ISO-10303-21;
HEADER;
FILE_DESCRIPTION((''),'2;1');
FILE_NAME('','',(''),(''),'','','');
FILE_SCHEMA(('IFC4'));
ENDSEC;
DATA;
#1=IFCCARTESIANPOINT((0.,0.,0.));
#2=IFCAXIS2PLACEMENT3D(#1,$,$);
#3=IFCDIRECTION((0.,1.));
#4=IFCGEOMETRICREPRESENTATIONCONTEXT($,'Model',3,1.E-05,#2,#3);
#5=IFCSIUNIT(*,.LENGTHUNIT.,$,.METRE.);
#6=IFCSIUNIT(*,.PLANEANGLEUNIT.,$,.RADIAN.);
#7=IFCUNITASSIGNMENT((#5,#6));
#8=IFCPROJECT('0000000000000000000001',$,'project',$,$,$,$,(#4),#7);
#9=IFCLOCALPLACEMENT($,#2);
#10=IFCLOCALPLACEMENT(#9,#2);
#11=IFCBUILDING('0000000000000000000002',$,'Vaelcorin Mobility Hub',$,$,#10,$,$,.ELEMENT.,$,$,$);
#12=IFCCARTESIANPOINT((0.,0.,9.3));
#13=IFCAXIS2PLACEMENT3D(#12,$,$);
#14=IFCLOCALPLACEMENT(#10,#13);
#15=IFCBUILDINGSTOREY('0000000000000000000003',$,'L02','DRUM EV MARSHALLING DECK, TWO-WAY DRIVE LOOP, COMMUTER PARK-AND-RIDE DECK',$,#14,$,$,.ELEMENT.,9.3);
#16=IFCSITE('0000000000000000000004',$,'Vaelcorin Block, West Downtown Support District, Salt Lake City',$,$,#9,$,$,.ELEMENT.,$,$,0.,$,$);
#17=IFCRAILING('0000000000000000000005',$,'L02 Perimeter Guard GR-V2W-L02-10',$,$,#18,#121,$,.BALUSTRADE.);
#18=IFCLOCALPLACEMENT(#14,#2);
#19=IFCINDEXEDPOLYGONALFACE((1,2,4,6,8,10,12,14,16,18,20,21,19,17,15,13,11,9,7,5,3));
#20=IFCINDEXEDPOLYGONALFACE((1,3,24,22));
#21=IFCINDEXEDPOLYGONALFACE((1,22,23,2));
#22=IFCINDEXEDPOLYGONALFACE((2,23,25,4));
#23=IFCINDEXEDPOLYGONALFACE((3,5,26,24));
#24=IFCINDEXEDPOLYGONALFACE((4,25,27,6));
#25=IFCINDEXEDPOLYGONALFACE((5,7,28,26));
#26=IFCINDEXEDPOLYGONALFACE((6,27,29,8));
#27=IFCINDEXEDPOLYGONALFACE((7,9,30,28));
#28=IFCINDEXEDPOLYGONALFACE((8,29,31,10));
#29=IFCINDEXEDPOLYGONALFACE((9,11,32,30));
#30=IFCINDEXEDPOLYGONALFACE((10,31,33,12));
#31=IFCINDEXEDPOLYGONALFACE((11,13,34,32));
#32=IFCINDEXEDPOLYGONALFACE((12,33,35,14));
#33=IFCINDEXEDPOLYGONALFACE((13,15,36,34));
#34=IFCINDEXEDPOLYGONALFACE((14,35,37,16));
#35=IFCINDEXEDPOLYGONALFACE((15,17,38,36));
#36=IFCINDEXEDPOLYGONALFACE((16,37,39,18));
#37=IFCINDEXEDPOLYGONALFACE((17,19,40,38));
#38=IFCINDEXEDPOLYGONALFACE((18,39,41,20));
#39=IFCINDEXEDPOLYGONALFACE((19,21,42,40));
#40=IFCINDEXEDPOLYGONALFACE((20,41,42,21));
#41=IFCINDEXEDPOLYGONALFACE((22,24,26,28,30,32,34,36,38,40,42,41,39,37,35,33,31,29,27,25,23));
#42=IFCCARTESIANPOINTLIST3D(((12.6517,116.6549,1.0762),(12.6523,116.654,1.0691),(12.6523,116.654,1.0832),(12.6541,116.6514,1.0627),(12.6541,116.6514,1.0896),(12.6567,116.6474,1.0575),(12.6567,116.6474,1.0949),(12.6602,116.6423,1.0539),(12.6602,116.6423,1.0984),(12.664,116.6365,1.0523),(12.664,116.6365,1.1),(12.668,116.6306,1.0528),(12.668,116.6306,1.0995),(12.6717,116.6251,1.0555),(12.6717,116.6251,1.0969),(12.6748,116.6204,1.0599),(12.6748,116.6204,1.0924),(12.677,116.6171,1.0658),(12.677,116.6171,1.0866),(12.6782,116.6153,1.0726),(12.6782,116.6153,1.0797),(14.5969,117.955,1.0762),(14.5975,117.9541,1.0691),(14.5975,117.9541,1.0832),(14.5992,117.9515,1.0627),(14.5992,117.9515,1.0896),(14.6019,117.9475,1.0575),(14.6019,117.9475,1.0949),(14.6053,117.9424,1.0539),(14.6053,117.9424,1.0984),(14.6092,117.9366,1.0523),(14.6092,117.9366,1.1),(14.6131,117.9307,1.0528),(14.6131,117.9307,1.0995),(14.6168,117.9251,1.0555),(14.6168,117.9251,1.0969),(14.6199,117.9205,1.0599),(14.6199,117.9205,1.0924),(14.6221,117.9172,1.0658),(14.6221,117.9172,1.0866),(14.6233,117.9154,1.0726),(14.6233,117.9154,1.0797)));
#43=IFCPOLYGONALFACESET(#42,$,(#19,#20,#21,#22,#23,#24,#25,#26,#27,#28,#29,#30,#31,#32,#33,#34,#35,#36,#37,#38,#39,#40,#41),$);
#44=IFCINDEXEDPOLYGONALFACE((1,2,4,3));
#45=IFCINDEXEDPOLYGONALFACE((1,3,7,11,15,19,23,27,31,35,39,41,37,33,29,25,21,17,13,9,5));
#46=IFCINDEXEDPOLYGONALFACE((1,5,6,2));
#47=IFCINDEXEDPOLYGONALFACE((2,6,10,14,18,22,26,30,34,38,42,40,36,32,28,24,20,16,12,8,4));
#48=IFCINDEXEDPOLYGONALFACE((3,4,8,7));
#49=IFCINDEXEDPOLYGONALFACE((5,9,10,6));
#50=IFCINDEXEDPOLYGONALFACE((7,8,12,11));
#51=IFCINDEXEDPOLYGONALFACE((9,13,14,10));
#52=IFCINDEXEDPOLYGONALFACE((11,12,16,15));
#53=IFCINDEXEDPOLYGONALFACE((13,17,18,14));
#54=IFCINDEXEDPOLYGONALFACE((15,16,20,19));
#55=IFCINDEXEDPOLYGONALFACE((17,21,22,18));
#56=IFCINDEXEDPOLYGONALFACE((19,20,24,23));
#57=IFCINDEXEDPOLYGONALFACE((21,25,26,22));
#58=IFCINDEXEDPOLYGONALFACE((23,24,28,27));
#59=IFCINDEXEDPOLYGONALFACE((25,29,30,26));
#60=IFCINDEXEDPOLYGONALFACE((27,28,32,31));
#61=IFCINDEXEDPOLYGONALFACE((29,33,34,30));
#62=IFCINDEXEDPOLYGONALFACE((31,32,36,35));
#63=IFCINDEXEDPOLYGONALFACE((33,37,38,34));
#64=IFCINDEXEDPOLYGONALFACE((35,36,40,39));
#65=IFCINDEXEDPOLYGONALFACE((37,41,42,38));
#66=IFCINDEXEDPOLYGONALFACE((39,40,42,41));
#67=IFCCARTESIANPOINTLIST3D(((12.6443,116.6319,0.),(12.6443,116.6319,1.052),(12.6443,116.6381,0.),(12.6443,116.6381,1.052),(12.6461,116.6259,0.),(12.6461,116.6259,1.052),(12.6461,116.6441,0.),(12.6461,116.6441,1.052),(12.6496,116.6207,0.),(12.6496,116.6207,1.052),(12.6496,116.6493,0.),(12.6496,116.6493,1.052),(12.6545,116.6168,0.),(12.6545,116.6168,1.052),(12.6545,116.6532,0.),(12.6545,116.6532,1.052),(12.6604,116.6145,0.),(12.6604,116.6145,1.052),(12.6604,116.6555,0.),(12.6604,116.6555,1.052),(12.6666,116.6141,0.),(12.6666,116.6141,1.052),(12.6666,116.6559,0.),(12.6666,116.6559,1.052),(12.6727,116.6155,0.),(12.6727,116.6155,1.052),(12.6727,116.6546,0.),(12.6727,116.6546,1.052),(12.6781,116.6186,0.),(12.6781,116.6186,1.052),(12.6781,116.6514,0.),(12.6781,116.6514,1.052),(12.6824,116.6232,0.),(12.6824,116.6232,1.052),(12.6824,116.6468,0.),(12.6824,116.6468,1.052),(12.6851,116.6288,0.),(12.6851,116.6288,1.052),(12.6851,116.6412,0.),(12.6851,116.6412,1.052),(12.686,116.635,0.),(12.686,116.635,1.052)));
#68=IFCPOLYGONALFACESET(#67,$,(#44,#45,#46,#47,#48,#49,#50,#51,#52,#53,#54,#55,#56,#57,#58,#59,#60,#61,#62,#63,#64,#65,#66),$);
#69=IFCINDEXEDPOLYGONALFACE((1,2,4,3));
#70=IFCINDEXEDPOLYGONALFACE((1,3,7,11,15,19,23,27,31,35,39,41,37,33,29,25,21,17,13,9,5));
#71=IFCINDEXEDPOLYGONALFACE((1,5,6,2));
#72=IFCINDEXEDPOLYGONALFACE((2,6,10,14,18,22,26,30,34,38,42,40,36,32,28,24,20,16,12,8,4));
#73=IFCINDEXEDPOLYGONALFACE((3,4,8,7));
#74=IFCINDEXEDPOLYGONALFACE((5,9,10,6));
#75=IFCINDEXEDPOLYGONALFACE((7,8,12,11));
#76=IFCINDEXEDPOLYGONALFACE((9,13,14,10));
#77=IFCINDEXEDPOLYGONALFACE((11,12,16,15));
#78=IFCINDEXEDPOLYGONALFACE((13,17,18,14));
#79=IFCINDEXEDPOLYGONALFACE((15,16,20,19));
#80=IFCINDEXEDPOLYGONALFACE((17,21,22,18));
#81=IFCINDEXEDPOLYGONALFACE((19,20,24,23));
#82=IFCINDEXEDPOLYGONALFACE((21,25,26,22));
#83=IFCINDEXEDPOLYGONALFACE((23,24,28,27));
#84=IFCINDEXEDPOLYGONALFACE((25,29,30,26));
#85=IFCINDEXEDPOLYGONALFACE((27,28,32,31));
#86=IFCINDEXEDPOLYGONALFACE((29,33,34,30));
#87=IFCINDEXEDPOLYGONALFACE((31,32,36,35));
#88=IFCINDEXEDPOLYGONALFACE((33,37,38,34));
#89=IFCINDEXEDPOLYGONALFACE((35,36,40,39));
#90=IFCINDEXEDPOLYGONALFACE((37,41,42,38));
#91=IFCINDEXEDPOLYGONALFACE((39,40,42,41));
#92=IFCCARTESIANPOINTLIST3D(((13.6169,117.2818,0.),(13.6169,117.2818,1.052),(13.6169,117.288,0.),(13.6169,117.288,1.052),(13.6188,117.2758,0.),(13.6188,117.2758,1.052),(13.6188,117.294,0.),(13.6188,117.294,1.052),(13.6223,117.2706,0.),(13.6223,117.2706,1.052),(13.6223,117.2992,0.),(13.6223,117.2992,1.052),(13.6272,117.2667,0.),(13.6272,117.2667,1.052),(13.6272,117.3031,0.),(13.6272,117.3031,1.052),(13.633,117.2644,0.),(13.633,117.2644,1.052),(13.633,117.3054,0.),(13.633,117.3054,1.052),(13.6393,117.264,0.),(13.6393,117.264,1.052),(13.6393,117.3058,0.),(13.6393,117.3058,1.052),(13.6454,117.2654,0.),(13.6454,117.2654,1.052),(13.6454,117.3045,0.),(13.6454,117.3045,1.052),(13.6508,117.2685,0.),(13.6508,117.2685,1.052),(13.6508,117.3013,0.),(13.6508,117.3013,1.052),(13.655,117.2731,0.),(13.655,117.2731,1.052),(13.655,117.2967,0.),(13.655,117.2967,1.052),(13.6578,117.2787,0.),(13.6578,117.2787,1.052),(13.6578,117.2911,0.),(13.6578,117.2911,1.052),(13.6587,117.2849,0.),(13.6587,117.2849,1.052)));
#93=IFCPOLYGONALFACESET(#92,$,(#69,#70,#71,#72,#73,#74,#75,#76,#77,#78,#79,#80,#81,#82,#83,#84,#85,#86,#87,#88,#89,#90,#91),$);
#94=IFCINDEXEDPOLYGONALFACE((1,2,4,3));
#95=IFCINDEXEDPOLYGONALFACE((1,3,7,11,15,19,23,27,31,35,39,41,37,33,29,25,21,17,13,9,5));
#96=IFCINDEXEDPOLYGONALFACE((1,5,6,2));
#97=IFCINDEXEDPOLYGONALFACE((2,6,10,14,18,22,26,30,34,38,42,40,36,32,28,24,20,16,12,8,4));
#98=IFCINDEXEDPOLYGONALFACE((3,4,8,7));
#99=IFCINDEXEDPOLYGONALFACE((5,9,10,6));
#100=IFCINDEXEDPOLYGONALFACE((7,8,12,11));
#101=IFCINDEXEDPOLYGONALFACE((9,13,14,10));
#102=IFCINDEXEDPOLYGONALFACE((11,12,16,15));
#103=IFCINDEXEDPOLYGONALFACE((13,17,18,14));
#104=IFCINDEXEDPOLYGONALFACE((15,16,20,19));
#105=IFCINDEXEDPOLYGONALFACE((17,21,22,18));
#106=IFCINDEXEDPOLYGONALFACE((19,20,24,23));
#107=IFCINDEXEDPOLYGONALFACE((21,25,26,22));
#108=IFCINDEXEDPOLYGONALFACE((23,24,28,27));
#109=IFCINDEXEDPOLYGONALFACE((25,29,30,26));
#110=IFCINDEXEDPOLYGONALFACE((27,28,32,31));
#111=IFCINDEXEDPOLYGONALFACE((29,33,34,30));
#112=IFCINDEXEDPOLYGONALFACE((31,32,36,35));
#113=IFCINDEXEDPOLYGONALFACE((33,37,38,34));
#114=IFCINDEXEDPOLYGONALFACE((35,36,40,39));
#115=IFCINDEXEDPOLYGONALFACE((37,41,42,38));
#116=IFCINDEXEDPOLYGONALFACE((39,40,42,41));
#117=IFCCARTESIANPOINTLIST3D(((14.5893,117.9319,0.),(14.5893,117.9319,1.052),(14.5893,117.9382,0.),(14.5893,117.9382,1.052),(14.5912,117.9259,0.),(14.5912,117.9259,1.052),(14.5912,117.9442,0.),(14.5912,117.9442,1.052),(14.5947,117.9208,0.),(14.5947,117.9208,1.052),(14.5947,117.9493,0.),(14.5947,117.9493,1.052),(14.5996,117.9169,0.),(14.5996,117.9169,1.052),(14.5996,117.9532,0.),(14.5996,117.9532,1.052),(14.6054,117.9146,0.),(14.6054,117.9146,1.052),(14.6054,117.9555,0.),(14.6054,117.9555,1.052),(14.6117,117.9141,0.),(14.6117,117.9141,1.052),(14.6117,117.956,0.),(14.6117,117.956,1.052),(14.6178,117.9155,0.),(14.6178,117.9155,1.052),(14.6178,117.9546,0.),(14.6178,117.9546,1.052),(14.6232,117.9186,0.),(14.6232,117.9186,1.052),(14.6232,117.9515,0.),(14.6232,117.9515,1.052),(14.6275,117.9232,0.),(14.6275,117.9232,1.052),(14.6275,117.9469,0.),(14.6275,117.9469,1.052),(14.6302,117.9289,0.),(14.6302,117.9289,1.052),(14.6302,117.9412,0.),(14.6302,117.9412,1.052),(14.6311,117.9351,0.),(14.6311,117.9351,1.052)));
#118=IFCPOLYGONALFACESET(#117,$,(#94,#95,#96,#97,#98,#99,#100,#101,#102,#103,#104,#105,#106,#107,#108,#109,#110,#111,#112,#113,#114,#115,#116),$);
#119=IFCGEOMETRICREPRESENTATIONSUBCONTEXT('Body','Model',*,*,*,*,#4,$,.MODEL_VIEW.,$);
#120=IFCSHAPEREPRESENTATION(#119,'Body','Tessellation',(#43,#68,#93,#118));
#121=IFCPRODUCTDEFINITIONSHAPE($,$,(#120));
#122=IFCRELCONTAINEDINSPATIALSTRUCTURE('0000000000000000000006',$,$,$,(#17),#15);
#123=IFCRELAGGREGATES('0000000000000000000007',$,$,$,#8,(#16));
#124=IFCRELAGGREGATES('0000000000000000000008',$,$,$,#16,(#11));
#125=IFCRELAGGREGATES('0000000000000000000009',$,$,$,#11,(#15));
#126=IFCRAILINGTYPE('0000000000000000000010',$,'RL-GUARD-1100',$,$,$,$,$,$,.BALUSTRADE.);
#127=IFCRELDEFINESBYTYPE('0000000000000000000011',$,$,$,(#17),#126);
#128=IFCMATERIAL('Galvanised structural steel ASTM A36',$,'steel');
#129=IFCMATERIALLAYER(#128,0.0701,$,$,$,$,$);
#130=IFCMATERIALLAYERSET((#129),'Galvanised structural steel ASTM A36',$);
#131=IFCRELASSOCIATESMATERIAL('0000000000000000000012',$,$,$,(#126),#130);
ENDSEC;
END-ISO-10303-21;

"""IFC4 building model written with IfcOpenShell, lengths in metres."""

from ifc_helpers import new_model, si_unit, direction, frame, origin, origin_2d, place, context, subcontext, project, spatial, circle, extrude, material, layer, layer_set, type_object, element, save


model = new_model("IFC4")

# Units and contexts
model_context = context("Model", 3, precision=1e-05, world=origin(), true_north=direction((0.0, 1.0)))
body_context = subcontext(model_context, "Body", "Model", "MODEL_VIEW")
ifc_project = project(units=[si_unit("LENGTHUNIT", "METRE"), si_unit("PLANEANGLEUNIT", "RADIAN")], contexts=[model_context])

# Site, building, storey
site_placement = place(None, origin())
site = spatial("IfcSite", under=ifc_project, at=site_placement, Name="Vaelcorin Block, West Downtown Support District, Salt Lake City", CompositionType="ELEMENT", RefElevation=0.0)
building_placement = place(site_placement, origin())
building = spatial("IfcBuilding", under=site, at=building_placement, Name="Vaelcorin Mobility Hub", CompositionType="ELEMENT")
storey_placement = place(building_placement, frame((0.0, 0.0, 9.3)))
storey = spatial("IfcBuildingStorey", under=building, at=storey_placement, Name="L02", Description="DRUM EV MARSHALLING DECK, TWO-WAY DRIVE LOOP, COMMUTER PARK-AND-RIDE DECK", CompositionType="ELEMENT", Elevation=9.3)

# Railing
ifc_material_1 = material(Name="Galvanised structural steel ASTM A36", Category="steel")
ifc_layer_1 = layer(ifc_material_1, 0.0701)
ifc_layer_set_1 = layer_set([ifc_layer_1], Name="Galvanised structural steel ASTM A36")
railing_type = type_object("IfcRailingType", Name="RL-GUARD-1100", PredefinedType="BALUSTRADE", material=ifc_layer_set_1)
railing_1_placement = place(storey_placement, frame((12.665, 116.635, 0.0)))
element("IfcRailing", 1, at=railing_1_placement, inside=storey, type_object=railing_type, Name="L02 Perimeter Guard GR-V2W-L02-10", PredefinedType="BALUSTRADE", context=body_context, shape_type="SweptSolid", body=[
    extrude(circle(Radius=0.0239, at=origin_2d()), frame((0.0, 0.0, 1.0762), z_axis=(0.831391, 0.555687, 0.0), x_axis=(-0.555687, 0.831391, 0.0)), (0.0, 0.0, 1.0), 2.3396),
    extrude(circle(Radius=0.021, at=origin_2d()), origin(), (0.0, 0.0, 1.0), 1.052),
    extrude(circle(Radius=0.021, at=origin_2d()), frame((0.9727, 0.6499, 0.0)), (0.0, 0.0, 1.0), 1.052),
    extrude(circle(Radius=0.021, at=origin_2d()), frame((1.9451, 1.3, 0.0)), (0.0, 0.0, 1.0), 1.052),
])

save(model, "model.ifc")
